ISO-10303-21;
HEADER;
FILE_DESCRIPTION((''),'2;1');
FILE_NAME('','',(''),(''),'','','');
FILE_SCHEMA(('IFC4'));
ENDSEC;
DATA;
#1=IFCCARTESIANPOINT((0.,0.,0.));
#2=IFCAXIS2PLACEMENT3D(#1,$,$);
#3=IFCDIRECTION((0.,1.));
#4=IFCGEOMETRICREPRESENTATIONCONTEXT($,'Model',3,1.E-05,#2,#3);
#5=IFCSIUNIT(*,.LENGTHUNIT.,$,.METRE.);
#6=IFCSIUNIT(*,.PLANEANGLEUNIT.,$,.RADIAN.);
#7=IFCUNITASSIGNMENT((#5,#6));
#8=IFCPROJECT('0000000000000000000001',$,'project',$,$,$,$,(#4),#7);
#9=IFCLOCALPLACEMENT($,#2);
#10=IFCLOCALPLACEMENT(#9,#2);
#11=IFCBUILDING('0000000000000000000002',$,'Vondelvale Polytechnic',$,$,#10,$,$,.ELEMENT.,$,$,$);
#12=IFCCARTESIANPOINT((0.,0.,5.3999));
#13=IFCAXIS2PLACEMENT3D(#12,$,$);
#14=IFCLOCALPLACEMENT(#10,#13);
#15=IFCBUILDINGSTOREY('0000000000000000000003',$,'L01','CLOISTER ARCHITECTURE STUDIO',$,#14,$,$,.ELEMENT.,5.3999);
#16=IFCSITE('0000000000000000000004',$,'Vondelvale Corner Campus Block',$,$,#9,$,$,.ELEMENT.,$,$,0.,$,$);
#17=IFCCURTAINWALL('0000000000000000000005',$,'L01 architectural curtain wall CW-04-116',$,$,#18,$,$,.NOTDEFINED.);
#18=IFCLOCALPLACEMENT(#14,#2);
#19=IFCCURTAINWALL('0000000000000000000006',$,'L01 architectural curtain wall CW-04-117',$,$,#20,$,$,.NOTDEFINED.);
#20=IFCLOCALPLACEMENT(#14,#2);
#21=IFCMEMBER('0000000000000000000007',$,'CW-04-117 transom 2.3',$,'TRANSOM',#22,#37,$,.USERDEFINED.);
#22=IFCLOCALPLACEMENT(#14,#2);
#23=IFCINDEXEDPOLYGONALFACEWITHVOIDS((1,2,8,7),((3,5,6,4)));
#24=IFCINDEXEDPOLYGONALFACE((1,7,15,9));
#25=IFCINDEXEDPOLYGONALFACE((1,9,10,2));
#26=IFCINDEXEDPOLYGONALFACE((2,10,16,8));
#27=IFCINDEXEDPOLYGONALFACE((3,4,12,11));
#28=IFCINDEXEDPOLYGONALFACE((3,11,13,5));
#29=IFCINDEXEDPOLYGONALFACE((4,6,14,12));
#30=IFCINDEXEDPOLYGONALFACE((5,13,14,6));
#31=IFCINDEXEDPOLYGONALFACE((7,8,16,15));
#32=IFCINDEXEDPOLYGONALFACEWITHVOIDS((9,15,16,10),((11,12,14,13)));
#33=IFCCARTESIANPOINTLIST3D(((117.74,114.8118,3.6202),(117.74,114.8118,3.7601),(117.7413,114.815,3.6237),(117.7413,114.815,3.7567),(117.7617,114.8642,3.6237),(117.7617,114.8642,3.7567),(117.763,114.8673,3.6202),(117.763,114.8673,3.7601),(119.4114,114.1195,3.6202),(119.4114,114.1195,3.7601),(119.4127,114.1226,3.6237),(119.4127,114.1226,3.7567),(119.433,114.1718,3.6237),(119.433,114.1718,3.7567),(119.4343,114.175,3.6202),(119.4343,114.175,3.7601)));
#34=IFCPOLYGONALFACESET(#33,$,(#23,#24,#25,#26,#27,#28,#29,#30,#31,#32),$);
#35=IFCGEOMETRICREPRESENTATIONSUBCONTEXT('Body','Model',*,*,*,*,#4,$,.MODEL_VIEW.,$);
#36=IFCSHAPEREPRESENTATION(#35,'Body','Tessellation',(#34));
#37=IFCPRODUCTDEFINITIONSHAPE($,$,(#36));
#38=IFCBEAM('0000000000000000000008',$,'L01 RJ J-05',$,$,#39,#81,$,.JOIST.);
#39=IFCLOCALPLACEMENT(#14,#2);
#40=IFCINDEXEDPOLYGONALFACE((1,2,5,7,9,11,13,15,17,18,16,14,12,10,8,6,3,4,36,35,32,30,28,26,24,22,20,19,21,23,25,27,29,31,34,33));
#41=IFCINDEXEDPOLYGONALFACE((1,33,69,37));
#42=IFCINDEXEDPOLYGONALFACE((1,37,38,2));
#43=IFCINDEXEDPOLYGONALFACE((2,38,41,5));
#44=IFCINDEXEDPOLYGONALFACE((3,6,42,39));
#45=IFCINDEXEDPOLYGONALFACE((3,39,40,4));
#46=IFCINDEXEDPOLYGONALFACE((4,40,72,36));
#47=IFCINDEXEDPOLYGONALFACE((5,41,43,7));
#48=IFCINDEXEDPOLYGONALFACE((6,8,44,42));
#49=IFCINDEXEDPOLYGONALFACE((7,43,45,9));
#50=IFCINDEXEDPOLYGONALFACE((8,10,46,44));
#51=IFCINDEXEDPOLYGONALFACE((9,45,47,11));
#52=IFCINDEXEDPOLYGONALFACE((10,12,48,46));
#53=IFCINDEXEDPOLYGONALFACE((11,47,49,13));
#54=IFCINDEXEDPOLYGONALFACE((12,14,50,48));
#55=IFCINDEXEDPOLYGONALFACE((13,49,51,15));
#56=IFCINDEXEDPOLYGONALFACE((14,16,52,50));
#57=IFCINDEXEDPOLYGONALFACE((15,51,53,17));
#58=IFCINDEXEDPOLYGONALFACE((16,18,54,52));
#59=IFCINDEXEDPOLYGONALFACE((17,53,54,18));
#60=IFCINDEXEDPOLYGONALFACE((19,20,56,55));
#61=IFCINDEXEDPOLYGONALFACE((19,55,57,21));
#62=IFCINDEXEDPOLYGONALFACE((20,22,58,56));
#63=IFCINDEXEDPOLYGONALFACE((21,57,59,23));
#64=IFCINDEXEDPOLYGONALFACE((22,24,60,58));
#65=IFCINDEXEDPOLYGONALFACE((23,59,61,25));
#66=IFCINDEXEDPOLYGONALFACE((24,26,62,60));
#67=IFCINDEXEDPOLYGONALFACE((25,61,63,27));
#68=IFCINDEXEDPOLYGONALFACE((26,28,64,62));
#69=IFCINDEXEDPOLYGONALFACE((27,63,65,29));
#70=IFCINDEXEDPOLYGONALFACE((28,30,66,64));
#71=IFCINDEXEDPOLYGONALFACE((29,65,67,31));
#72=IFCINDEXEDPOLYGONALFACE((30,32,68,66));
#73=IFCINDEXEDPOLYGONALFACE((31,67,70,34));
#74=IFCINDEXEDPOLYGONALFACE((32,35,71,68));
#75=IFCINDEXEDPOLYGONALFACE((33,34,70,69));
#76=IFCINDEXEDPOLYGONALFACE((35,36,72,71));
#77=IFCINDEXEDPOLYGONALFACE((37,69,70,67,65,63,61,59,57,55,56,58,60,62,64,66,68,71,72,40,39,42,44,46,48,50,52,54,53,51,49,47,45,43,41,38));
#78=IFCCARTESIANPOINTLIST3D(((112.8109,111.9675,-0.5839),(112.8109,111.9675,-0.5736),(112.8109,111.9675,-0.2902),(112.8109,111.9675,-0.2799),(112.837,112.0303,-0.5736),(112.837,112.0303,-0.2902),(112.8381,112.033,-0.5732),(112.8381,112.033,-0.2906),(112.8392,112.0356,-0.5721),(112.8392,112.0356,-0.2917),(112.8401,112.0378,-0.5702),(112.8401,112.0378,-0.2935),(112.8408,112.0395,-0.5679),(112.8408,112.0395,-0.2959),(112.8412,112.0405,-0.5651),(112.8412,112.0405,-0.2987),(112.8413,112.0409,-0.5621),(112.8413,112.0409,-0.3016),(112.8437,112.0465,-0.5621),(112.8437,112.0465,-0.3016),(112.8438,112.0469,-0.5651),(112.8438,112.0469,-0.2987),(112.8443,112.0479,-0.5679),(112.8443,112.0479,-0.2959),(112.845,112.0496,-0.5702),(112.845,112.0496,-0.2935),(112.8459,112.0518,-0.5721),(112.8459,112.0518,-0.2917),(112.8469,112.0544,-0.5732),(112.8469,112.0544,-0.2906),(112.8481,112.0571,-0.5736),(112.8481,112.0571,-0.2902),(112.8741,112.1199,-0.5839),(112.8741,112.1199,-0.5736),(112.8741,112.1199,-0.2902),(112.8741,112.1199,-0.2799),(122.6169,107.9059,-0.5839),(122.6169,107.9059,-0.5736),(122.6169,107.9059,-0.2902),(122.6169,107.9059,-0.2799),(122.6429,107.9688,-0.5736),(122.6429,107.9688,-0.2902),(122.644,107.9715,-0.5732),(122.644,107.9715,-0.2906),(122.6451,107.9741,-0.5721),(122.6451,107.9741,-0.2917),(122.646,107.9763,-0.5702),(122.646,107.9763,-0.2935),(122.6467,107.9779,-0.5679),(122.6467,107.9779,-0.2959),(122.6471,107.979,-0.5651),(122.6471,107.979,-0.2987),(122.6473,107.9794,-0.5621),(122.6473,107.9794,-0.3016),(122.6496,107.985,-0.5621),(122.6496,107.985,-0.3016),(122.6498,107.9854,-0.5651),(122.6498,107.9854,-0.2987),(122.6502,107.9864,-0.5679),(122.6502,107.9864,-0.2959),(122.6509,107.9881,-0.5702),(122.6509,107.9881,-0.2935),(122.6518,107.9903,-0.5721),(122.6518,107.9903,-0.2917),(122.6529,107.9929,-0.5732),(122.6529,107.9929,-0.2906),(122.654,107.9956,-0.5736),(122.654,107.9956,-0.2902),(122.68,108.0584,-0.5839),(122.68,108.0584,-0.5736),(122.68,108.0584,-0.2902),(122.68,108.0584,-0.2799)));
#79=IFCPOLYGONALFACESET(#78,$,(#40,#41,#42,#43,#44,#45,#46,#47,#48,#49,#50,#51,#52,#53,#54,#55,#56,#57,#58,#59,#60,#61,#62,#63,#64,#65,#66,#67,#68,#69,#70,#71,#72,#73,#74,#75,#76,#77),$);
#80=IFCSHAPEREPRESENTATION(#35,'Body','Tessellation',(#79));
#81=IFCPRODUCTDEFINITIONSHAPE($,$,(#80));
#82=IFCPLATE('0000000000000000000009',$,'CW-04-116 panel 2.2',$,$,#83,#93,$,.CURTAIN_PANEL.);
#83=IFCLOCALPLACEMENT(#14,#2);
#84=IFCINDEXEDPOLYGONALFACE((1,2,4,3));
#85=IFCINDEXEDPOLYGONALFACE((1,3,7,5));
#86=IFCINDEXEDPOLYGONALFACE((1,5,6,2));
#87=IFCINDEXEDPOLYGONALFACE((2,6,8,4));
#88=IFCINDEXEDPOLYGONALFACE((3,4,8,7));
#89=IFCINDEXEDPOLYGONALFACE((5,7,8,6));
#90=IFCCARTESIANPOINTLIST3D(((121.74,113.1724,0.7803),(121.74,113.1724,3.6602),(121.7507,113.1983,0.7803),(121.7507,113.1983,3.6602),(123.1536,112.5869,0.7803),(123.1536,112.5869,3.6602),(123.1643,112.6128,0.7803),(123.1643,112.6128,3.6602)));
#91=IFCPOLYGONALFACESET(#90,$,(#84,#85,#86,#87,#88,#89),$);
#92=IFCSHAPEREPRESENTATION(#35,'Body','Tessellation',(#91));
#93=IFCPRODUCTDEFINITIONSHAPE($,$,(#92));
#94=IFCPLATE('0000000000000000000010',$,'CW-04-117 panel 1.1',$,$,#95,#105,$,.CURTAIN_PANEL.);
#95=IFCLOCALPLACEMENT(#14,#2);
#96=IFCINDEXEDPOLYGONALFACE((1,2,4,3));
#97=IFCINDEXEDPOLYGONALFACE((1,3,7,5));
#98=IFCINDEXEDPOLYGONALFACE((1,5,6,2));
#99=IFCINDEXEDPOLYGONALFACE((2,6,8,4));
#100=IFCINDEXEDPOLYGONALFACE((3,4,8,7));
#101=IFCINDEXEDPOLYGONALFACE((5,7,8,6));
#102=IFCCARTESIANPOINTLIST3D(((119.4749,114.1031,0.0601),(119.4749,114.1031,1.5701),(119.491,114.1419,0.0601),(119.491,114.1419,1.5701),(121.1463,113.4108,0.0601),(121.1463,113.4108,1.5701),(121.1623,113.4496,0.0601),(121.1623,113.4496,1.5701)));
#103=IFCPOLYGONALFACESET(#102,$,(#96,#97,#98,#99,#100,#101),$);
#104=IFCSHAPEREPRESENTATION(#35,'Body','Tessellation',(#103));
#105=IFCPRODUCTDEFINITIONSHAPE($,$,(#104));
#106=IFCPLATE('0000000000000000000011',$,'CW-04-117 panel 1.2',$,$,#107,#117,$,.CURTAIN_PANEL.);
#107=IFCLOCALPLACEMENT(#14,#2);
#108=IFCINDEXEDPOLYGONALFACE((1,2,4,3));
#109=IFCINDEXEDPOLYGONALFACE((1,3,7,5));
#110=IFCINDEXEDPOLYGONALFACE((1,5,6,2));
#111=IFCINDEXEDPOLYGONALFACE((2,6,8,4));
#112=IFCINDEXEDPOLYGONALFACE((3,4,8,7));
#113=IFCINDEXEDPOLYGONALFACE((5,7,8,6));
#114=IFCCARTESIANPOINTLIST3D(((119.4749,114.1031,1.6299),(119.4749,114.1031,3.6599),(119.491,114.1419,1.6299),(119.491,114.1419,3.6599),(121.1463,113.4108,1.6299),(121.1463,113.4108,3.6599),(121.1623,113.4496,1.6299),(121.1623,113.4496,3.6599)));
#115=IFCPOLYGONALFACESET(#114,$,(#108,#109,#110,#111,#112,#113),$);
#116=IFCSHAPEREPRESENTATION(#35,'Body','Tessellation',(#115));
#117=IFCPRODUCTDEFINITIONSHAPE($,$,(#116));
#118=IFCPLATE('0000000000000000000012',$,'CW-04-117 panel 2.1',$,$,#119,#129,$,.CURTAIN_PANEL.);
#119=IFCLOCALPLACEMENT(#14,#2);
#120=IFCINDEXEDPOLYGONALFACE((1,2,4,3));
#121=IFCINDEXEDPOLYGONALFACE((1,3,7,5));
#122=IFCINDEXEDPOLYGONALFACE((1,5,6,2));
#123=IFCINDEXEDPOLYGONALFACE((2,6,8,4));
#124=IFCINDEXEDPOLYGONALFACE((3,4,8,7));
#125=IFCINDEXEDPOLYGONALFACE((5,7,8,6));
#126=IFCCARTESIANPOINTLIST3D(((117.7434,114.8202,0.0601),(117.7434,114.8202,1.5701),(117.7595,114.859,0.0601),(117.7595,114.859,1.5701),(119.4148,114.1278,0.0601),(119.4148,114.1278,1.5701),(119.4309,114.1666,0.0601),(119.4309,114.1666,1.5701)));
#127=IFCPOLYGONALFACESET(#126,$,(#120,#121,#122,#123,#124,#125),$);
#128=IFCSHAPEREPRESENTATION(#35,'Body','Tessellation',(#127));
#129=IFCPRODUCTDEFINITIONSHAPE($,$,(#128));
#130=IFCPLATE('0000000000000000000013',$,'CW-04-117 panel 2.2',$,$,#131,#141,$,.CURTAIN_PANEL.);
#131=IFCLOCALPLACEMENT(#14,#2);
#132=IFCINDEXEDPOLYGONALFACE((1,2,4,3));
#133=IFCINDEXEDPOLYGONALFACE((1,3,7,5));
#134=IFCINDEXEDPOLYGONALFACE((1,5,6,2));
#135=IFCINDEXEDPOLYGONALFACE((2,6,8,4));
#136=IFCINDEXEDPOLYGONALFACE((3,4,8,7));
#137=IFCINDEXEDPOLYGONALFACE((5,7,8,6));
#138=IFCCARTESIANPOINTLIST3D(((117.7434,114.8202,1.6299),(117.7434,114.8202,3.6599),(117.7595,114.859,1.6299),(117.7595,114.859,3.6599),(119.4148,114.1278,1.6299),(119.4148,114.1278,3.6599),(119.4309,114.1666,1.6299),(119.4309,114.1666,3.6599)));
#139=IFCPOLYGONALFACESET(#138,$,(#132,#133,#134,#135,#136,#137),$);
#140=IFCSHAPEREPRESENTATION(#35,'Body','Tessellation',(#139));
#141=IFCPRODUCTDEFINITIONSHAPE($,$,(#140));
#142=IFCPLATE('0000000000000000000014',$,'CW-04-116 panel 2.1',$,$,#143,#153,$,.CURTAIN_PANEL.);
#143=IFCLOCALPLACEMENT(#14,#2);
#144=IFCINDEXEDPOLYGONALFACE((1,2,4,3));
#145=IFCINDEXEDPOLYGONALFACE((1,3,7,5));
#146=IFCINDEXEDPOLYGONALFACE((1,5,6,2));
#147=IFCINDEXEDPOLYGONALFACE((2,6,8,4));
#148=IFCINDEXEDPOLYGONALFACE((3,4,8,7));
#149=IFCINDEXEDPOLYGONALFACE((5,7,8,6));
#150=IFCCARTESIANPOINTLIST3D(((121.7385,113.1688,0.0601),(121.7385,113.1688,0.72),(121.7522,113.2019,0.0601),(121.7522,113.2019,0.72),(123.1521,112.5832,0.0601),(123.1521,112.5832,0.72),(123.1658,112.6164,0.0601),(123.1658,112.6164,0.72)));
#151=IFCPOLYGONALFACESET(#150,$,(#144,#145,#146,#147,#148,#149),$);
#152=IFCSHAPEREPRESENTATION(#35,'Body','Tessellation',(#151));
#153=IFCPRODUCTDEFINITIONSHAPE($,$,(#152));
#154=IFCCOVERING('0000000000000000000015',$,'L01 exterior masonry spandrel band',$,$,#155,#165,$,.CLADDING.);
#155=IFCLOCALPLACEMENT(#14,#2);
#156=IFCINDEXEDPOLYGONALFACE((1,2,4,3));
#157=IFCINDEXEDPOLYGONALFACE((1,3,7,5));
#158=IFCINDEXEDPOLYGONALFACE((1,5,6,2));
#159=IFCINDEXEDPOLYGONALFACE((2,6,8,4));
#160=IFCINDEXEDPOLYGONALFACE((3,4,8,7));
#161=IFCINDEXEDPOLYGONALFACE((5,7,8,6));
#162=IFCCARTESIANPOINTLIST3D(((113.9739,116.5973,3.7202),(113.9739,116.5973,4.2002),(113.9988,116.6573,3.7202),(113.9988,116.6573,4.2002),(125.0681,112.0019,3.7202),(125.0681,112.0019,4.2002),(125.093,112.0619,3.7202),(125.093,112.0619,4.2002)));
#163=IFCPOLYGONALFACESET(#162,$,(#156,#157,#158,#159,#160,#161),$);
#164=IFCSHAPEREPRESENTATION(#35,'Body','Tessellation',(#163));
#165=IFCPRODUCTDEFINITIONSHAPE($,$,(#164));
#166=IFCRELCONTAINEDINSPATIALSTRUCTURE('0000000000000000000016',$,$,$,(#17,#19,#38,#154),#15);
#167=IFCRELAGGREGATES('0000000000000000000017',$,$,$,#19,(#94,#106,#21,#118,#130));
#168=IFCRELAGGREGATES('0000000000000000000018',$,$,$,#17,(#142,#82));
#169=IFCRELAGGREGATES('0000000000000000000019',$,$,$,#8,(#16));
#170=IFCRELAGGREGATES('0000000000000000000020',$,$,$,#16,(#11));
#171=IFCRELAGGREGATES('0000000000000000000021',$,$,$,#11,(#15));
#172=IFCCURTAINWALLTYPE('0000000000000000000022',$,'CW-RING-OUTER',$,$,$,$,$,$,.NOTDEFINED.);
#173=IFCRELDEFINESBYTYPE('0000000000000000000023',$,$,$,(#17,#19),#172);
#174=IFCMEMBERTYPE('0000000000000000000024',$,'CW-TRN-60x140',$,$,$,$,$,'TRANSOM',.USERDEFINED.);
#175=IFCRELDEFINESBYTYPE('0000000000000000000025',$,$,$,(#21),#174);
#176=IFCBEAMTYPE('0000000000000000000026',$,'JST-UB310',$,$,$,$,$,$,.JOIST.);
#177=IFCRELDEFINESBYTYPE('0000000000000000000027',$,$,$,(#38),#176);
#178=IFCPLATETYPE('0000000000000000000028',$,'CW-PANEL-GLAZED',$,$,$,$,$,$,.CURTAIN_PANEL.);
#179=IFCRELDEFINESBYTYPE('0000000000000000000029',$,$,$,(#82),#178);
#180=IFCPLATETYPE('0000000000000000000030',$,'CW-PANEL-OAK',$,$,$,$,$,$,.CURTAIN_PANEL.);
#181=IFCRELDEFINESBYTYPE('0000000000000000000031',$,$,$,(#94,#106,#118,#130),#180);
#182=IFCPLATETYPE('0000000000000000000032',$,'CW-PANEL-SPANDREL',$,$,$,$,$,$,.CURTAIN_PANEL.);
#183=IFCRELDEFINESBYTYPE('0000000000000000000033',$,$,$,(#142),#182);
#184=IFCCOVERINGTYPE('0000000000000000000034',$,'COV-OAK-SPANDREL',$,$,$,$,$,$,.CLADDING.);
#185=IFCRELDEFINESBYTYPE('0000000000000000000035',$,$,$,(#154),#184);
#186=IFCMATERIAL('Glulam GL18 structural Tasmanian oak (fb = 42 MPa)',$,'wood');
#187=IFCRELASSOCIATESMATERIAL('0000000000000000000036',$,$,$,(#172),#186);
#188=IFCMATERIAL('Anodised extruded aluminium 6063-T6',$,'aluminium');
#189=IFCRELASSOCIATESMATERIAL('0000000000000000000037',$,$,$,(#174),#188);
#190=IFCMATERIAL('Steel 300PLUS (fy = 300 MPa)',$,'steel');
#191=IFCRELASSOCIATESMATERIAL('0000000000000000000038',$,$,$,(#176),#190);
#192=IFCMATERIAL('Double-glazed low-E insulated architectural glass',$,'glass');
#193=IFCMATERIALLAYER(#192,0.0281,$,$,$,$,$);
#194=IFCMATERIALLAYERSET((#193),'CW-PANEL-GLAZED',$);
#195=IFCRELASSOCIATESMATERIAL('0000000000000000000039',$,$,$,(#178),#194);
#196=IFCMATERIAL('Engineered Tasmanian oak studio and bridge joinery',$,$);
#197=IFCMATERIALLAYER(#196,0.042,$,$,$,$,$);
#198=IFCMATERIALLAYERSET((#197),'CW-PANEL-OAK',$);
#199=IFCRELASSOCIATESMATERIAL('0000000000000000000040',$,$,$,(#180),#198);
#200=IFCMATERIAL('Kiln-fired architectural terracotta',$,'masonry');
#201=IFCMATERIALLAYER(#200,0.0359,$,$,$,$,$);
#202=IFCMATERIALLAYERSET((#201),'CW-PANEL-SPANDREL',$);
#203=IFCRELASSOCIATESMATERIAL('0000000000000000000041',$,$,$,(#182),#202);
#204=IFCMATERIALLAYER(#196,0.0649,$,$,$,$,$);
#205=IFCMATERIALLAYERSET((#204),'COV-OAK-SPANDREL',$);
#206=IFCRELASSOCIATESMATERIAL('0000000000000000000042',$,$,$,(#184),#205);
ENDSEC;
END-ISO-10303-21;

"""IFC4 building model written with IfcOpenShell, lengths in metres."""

from ifc_helpers import new_model, si_unit, direction, frame, origin, origin_2d, place, context, subcontext, project, spatial, rectangle, hollow_rectangle, i_section, extrude, material, layer, layer_set, material_profile, profile_set, type_object, element, aggregate, save


model = new_model("IFC4")

# Units and contexts
model_context = context("Model", 3, precision=1e-05, world=origin(), true_north=direction((0.0, 1.0)))
body_context = subcontext(model_context, "Body", "Model", "MODEL_VIEW")
ifc_project = project(units=[si_unit("LENGTHUNIT", "METRE"), si_unit("PLANEANGLEUNIT", "RADIAN")], contexts=[model_context])

# Site, building, storey
site_placement = place(None, origin())
site = spatial("IfcSite", under=ifc_project, at=site_placement, Name="Vondelvale Corner Campus Block", CompositionType="ELEMENT", RefElevation=0.0)
building_placement = place(site_placement, origin())
building = spatial("IfcBuilding", under=site, at=building_placement, Name="Vondelvale Polytechnic", CompositionType="ELEMENT")
storey_placement = place(building_placement, frame((0.0, 0.0, 5.3999)))
storey = spatial("IfcBuildingStorey", under=building, at=storey_placement, Name="L01", Description="CLOISTER ARCHITECTURE STUDIO", CompositionType="ELEMENT", Elevation=5.3999)

# Shared definitions
ifc_material_1 = material(Name="Glulam GL18 structural Tasmanian oak (fb = 42 MPa)", Category="wood")
ifc_material_2 = material(Name="Steel 300PLUS (fy = 300 MPa)", Category="steel")

# Curtain wall
curtain_wall_type = type_object("IfcCurtainWallType", Name="CW-RING-OUTER", PredefinedType="NOTDEFINED", material=ifc_material_1)
curtain_wall_1_placement = place(storey_placement, origin())
curtain_wall_1 = element("IfcCurtainWall", 1, at=curtain_wall_1_placement, inside=storey, type_object=curtain_wall_type, Name="L01 architectural curtain wall CW-04-116", PredefinedType="NOTDEFINED")
ifc_material_3 = material(Name="Anodised extruded aluminium 6063-T6", Category="aluminium")

# Curtain wall
curtain_wall_2_placement = place(storey_placement, origin())
curtain_wall_2 = element("IfcCurtainWall", 2, at=curtain_wall_2_placement, inside=storey, type_object=curtain_wall_type, Name="L01 architectural curtain wall CW-04-117", PredefinedType="NOTDEFINED")

# Member
ifc_material_profile_1 = material_profile(ifc_material_3, hollow_rectangle(XDim=0.0601, YDim=0.1399, WallThickness=0.0034, at=origin_2d()), Name="CW-TRN-140x60")
ifc_profile_set_1 = profile_set([ifc_material_profile_1], Name="Anodised extruded aluminium 6063-T6")
member_type_1 = type_object("IfcMemberType", Name="CW-TRN-60x140", ElementType="TRANSOM", PredefinedType="USERDEFINED", material=ifc_profile_set_1)
member_1_placement = place(storey_placement, frame((119.4229, 114.1472, 3.6902), z_axis=(-0.923866, 0.382717, 0.0), x_axis=(-0.382717, -0.923866, 0.0)))
member_1 = element("IfcMember", 3, at=member_1_placement, type_object=member_type_1, Name="CW-04-117 transom 2.3", ObjectType="TRANSOM", PredefinedType="USERDEFINED", context=body_context, shape_type="SweptSolid", body=[
    extrude(hollow_rectangle(XDim=0.0601, YDim=0.1399, WallThickness=0.0034, at=origin_2d()), origin(), (0.0, 0.0, 1.0), 1.8091),
])

# Beam
ifc_material_profile_2 = material_profile(ifc_material_2, i_section(OverallWidth=0.165, OverallDepth=0.304, WebThickness=0.0061, FlangeThickness=0.0103, FilletRadius=0.0115, at=origin_2d()), Name="310UB40.4")
ifc_profile_set_2 = profile_set([ifc_material_profile_2], Name="Steel 300PLUS (fy = 300 MPa)")
beam_type_1 = type_object("IfcBeamType", Name="JST-UB310", PredefinedType="JOIST", material=ifc_profile_set_2)
beam_1_placement = place(storey_placement, frame((122.6484, 107.9822, -0.4319), z_axis=(-0.923887, 0.382666, 0.0), x_axis=(-0.382666, -0.923887, 0.0)))
element("IfcBeam", 4, at=beam_1_placement, inside=storey, type_object=beam_type_1, Name="L01 RJ J-05", PredefinedType="JOIST", context=body_context, shape_type="SweptSolid", body=[
    extrude(i_section(OverallWidth=0.165, OverallDepth=0.304, WebThickness=0.0061, FlangeThickness=0.0103, FilletRadius=0.0115, at=origin_2d()), origin(), (0.0, 0.0, 1.0), 10.6138),
])

# Plates
ifc_material_4 = material(Name="Double-glazed low-E insulated architectural glass", Category="glass")
ifc_layer_1 = layer(ifc_material_4, 0.0281)
ifc_layer_set_1 = layer_set([ifc_layer_1], Name="CW-PANEL-GLAZED")
plate_type_1 = type_object("IfcPlateType", Name="CW-PANEL-GLAZED", PredefinedType="CURTAIN_PANEL", material=ifc_layer_set_1)
plate_1_placement = place(storey_placement, frame((122.4521, 112.8926, 0.7803), z_axis=(0.0, 0.0, 1.0), x_axis=(-0.923882, 0.382677, 0.0)))
plate_1 = element("IfcPlate", 5, at=plate_1_placement, type_object=plate_type_1, Name="CW-04-116 panel 2.2", PredefinedType="CURTAIN_PANEL", context=body_context, shape_type="SweptSolid", body=[
    extrude(rectangle(XDim=1.53, YDim=0.0281, at=origin_2d()), origin(), (0.0, 0.0, 1.0), 2.8799),
])
ifc_material_5 = material(Name="Engineered Tasmanian oak studio and bridge joinery")
ifc_layer_2 = layer(ifc_material_5, 0.042)
ifc_layer_set_2 = layer_set([ifc_layer_2], Name="CW-PANEL-OAK")
plate_type_2 = type_object("IfcPlateType", Name="CW-PANEL-OAK", PredefinedType="CURTAIN_PANEL", material=ifc_layer_set_2)
plate_2_placement = place(storey_placement, frame((120.3186, 113.7764, 0.0601), z_axis=(0.0, 0.0, 1.0), x_axis=(-0.923875, 0.382695, 0.0)))
plate_2 = element("IfcPlate", 6, at=plate_2_placement, type_object=plate_type_2, Name="CW-04-117 panel 1.1", PredefinedType="CURTAIN_PANEL", context=body_context, shape_type="SweptSolid", body=[
    extrude(rectangle(XDim=1.8091, YDim=0.042, at=origin_2d()), origin(), (0.0, 0.0, 1.0), 1.51),
])
plate_3_placement = place(storey_placement, frame((120.3186, 113.7764, 1.6299), z_axis=(0.0, 0.0, 1.0), x_axis=(-0.923875, 0.382695, 0.0)))
plate_3 = element("IfcPlate", 7, at=plate_3_placement, type_object=plate_type_2, Name="CW-04-117 panel 1.2", PredefinedType="CURTAIN_PANEL", context=body_context, shape_type="SweptSolid", body=[
    extrude(rectangle(XDim=1.8091, YDim=0.042, at=origin_2d()), origin(), (0.0, 0.0, 1.0), 2.03),
])
plate_4_placement = place(storey_placement, frame((118.5872, 114.4934, 0.0601), z_axis=(0.0, 0.0, 1.0), x_axis=(-0.923875, 0.382695, 0.0)))
plate_4 = element("IfcPlate", 8, at=plate_4_placement, type_object=plate_type_2, Name="CW-04-117 panel 2.1", PredefinedType="CURTAIN_PANEL", context=body_context, shape_type="SweptSolid", body=[
    extrude(rectangle(XDim=1.8091, YDim=0.042, at=origin_2d()), origin(), (0.0, 0.0, 1.0), 1.51),
])
plate_5_placement = place(storey_placement, frame((118.5872, 114.4934, 1.6299), z_axis=(0.0, 0.0, 1.0), x_axis=(-0.923875, 0.382695, 0.0)))
plate_5 = element("IfcPlate", 9, at=plate_5_placement, type_object=plate_type_2, Name="CW-04-117 panel 2.2", PredefinedType="CURTAIN_PANEL", context=body_context, shape_type="SweptSolid", body=[
    extrude(rectangle(XDim=1.8091, YDim=0.042, at=origin_2d()), origin(), (0.0, 0.0, 1.0), 2.03),
])
aggregate(curtain_wall_2, [plate_2, plate_3, member_1, plate_4, plate_5])
ifc_material_6 = material(Name="Kiln-fired architectural terracotta", Category="masonry")
ifc_layer_3 = layer(ifc_material_6, 0.0359)
ifc_layer_set_3 = layer_set([ifc_layer_3], Name="CW-PANEL-SPANDREL")
plate_type_3 = type_object("IfcPlateType", Name="CW-PANEL-SPANDREL", PredefinedType="CURTAIN_PANEL", material=ifc_layer_set_3)
plate_6_placement = place(storey_placement, frame((122.4521, 112.8926, 0.0601), z_axis=(0.0, 0.0, 1.0), x_axis=(-0.923882, 0.382677, 0.0)))
plate_6 = element("IfcPlate", 10, at=plate_6_placement, type_object=plate_type_3, Name="CW-04-116 panel 2.1", PredefinedType="CURTAIN_PANEL", context=body_context, shape_type="SweptSolid", body=[
    extrude(rectangle(XDim=1.53, YDim=0.0359, at=origin_2d()), origin(), (0.0, 0.0, 1.0), 0.6599),
])
aggregate(curtain_wall_1, [plate_6, plate_1])

# Covering
ifc_layer_4 = layer(ifc_material_5, 0.0649)
ifc_layer_set_4 = layer_set([ifc_layer_4], Name="COV-OAK-SPANDREL")
covering_type = type_object("IfcCoveringType", Name="COV-OAK-SPANDREL", PredefinedType="CLADDING", material=ifc_layer_set_4)
covering_placement = place(storey_placement, frame((119.5334, 114.3296, 3.7202), z_axis=(0.0, 0.0, 1.0), x_axis=(-0.92388, 0.382683, 0.0)))
element("IfcCovering", 11, at=covering_placement, inside=storey, type_object=covering_type, Name="L01 exterior masonry spandrel band", PredefinedType="CLADDING", context=body_context, shape_type="SweptSolid", body=[
    extrude(rectangle(XDim=12.0083, YDim=0.0649, at=origin_2d()), origin(), (0.0, 0.0, 1.0), 0.48),
])

save(model, "model.ifc")
